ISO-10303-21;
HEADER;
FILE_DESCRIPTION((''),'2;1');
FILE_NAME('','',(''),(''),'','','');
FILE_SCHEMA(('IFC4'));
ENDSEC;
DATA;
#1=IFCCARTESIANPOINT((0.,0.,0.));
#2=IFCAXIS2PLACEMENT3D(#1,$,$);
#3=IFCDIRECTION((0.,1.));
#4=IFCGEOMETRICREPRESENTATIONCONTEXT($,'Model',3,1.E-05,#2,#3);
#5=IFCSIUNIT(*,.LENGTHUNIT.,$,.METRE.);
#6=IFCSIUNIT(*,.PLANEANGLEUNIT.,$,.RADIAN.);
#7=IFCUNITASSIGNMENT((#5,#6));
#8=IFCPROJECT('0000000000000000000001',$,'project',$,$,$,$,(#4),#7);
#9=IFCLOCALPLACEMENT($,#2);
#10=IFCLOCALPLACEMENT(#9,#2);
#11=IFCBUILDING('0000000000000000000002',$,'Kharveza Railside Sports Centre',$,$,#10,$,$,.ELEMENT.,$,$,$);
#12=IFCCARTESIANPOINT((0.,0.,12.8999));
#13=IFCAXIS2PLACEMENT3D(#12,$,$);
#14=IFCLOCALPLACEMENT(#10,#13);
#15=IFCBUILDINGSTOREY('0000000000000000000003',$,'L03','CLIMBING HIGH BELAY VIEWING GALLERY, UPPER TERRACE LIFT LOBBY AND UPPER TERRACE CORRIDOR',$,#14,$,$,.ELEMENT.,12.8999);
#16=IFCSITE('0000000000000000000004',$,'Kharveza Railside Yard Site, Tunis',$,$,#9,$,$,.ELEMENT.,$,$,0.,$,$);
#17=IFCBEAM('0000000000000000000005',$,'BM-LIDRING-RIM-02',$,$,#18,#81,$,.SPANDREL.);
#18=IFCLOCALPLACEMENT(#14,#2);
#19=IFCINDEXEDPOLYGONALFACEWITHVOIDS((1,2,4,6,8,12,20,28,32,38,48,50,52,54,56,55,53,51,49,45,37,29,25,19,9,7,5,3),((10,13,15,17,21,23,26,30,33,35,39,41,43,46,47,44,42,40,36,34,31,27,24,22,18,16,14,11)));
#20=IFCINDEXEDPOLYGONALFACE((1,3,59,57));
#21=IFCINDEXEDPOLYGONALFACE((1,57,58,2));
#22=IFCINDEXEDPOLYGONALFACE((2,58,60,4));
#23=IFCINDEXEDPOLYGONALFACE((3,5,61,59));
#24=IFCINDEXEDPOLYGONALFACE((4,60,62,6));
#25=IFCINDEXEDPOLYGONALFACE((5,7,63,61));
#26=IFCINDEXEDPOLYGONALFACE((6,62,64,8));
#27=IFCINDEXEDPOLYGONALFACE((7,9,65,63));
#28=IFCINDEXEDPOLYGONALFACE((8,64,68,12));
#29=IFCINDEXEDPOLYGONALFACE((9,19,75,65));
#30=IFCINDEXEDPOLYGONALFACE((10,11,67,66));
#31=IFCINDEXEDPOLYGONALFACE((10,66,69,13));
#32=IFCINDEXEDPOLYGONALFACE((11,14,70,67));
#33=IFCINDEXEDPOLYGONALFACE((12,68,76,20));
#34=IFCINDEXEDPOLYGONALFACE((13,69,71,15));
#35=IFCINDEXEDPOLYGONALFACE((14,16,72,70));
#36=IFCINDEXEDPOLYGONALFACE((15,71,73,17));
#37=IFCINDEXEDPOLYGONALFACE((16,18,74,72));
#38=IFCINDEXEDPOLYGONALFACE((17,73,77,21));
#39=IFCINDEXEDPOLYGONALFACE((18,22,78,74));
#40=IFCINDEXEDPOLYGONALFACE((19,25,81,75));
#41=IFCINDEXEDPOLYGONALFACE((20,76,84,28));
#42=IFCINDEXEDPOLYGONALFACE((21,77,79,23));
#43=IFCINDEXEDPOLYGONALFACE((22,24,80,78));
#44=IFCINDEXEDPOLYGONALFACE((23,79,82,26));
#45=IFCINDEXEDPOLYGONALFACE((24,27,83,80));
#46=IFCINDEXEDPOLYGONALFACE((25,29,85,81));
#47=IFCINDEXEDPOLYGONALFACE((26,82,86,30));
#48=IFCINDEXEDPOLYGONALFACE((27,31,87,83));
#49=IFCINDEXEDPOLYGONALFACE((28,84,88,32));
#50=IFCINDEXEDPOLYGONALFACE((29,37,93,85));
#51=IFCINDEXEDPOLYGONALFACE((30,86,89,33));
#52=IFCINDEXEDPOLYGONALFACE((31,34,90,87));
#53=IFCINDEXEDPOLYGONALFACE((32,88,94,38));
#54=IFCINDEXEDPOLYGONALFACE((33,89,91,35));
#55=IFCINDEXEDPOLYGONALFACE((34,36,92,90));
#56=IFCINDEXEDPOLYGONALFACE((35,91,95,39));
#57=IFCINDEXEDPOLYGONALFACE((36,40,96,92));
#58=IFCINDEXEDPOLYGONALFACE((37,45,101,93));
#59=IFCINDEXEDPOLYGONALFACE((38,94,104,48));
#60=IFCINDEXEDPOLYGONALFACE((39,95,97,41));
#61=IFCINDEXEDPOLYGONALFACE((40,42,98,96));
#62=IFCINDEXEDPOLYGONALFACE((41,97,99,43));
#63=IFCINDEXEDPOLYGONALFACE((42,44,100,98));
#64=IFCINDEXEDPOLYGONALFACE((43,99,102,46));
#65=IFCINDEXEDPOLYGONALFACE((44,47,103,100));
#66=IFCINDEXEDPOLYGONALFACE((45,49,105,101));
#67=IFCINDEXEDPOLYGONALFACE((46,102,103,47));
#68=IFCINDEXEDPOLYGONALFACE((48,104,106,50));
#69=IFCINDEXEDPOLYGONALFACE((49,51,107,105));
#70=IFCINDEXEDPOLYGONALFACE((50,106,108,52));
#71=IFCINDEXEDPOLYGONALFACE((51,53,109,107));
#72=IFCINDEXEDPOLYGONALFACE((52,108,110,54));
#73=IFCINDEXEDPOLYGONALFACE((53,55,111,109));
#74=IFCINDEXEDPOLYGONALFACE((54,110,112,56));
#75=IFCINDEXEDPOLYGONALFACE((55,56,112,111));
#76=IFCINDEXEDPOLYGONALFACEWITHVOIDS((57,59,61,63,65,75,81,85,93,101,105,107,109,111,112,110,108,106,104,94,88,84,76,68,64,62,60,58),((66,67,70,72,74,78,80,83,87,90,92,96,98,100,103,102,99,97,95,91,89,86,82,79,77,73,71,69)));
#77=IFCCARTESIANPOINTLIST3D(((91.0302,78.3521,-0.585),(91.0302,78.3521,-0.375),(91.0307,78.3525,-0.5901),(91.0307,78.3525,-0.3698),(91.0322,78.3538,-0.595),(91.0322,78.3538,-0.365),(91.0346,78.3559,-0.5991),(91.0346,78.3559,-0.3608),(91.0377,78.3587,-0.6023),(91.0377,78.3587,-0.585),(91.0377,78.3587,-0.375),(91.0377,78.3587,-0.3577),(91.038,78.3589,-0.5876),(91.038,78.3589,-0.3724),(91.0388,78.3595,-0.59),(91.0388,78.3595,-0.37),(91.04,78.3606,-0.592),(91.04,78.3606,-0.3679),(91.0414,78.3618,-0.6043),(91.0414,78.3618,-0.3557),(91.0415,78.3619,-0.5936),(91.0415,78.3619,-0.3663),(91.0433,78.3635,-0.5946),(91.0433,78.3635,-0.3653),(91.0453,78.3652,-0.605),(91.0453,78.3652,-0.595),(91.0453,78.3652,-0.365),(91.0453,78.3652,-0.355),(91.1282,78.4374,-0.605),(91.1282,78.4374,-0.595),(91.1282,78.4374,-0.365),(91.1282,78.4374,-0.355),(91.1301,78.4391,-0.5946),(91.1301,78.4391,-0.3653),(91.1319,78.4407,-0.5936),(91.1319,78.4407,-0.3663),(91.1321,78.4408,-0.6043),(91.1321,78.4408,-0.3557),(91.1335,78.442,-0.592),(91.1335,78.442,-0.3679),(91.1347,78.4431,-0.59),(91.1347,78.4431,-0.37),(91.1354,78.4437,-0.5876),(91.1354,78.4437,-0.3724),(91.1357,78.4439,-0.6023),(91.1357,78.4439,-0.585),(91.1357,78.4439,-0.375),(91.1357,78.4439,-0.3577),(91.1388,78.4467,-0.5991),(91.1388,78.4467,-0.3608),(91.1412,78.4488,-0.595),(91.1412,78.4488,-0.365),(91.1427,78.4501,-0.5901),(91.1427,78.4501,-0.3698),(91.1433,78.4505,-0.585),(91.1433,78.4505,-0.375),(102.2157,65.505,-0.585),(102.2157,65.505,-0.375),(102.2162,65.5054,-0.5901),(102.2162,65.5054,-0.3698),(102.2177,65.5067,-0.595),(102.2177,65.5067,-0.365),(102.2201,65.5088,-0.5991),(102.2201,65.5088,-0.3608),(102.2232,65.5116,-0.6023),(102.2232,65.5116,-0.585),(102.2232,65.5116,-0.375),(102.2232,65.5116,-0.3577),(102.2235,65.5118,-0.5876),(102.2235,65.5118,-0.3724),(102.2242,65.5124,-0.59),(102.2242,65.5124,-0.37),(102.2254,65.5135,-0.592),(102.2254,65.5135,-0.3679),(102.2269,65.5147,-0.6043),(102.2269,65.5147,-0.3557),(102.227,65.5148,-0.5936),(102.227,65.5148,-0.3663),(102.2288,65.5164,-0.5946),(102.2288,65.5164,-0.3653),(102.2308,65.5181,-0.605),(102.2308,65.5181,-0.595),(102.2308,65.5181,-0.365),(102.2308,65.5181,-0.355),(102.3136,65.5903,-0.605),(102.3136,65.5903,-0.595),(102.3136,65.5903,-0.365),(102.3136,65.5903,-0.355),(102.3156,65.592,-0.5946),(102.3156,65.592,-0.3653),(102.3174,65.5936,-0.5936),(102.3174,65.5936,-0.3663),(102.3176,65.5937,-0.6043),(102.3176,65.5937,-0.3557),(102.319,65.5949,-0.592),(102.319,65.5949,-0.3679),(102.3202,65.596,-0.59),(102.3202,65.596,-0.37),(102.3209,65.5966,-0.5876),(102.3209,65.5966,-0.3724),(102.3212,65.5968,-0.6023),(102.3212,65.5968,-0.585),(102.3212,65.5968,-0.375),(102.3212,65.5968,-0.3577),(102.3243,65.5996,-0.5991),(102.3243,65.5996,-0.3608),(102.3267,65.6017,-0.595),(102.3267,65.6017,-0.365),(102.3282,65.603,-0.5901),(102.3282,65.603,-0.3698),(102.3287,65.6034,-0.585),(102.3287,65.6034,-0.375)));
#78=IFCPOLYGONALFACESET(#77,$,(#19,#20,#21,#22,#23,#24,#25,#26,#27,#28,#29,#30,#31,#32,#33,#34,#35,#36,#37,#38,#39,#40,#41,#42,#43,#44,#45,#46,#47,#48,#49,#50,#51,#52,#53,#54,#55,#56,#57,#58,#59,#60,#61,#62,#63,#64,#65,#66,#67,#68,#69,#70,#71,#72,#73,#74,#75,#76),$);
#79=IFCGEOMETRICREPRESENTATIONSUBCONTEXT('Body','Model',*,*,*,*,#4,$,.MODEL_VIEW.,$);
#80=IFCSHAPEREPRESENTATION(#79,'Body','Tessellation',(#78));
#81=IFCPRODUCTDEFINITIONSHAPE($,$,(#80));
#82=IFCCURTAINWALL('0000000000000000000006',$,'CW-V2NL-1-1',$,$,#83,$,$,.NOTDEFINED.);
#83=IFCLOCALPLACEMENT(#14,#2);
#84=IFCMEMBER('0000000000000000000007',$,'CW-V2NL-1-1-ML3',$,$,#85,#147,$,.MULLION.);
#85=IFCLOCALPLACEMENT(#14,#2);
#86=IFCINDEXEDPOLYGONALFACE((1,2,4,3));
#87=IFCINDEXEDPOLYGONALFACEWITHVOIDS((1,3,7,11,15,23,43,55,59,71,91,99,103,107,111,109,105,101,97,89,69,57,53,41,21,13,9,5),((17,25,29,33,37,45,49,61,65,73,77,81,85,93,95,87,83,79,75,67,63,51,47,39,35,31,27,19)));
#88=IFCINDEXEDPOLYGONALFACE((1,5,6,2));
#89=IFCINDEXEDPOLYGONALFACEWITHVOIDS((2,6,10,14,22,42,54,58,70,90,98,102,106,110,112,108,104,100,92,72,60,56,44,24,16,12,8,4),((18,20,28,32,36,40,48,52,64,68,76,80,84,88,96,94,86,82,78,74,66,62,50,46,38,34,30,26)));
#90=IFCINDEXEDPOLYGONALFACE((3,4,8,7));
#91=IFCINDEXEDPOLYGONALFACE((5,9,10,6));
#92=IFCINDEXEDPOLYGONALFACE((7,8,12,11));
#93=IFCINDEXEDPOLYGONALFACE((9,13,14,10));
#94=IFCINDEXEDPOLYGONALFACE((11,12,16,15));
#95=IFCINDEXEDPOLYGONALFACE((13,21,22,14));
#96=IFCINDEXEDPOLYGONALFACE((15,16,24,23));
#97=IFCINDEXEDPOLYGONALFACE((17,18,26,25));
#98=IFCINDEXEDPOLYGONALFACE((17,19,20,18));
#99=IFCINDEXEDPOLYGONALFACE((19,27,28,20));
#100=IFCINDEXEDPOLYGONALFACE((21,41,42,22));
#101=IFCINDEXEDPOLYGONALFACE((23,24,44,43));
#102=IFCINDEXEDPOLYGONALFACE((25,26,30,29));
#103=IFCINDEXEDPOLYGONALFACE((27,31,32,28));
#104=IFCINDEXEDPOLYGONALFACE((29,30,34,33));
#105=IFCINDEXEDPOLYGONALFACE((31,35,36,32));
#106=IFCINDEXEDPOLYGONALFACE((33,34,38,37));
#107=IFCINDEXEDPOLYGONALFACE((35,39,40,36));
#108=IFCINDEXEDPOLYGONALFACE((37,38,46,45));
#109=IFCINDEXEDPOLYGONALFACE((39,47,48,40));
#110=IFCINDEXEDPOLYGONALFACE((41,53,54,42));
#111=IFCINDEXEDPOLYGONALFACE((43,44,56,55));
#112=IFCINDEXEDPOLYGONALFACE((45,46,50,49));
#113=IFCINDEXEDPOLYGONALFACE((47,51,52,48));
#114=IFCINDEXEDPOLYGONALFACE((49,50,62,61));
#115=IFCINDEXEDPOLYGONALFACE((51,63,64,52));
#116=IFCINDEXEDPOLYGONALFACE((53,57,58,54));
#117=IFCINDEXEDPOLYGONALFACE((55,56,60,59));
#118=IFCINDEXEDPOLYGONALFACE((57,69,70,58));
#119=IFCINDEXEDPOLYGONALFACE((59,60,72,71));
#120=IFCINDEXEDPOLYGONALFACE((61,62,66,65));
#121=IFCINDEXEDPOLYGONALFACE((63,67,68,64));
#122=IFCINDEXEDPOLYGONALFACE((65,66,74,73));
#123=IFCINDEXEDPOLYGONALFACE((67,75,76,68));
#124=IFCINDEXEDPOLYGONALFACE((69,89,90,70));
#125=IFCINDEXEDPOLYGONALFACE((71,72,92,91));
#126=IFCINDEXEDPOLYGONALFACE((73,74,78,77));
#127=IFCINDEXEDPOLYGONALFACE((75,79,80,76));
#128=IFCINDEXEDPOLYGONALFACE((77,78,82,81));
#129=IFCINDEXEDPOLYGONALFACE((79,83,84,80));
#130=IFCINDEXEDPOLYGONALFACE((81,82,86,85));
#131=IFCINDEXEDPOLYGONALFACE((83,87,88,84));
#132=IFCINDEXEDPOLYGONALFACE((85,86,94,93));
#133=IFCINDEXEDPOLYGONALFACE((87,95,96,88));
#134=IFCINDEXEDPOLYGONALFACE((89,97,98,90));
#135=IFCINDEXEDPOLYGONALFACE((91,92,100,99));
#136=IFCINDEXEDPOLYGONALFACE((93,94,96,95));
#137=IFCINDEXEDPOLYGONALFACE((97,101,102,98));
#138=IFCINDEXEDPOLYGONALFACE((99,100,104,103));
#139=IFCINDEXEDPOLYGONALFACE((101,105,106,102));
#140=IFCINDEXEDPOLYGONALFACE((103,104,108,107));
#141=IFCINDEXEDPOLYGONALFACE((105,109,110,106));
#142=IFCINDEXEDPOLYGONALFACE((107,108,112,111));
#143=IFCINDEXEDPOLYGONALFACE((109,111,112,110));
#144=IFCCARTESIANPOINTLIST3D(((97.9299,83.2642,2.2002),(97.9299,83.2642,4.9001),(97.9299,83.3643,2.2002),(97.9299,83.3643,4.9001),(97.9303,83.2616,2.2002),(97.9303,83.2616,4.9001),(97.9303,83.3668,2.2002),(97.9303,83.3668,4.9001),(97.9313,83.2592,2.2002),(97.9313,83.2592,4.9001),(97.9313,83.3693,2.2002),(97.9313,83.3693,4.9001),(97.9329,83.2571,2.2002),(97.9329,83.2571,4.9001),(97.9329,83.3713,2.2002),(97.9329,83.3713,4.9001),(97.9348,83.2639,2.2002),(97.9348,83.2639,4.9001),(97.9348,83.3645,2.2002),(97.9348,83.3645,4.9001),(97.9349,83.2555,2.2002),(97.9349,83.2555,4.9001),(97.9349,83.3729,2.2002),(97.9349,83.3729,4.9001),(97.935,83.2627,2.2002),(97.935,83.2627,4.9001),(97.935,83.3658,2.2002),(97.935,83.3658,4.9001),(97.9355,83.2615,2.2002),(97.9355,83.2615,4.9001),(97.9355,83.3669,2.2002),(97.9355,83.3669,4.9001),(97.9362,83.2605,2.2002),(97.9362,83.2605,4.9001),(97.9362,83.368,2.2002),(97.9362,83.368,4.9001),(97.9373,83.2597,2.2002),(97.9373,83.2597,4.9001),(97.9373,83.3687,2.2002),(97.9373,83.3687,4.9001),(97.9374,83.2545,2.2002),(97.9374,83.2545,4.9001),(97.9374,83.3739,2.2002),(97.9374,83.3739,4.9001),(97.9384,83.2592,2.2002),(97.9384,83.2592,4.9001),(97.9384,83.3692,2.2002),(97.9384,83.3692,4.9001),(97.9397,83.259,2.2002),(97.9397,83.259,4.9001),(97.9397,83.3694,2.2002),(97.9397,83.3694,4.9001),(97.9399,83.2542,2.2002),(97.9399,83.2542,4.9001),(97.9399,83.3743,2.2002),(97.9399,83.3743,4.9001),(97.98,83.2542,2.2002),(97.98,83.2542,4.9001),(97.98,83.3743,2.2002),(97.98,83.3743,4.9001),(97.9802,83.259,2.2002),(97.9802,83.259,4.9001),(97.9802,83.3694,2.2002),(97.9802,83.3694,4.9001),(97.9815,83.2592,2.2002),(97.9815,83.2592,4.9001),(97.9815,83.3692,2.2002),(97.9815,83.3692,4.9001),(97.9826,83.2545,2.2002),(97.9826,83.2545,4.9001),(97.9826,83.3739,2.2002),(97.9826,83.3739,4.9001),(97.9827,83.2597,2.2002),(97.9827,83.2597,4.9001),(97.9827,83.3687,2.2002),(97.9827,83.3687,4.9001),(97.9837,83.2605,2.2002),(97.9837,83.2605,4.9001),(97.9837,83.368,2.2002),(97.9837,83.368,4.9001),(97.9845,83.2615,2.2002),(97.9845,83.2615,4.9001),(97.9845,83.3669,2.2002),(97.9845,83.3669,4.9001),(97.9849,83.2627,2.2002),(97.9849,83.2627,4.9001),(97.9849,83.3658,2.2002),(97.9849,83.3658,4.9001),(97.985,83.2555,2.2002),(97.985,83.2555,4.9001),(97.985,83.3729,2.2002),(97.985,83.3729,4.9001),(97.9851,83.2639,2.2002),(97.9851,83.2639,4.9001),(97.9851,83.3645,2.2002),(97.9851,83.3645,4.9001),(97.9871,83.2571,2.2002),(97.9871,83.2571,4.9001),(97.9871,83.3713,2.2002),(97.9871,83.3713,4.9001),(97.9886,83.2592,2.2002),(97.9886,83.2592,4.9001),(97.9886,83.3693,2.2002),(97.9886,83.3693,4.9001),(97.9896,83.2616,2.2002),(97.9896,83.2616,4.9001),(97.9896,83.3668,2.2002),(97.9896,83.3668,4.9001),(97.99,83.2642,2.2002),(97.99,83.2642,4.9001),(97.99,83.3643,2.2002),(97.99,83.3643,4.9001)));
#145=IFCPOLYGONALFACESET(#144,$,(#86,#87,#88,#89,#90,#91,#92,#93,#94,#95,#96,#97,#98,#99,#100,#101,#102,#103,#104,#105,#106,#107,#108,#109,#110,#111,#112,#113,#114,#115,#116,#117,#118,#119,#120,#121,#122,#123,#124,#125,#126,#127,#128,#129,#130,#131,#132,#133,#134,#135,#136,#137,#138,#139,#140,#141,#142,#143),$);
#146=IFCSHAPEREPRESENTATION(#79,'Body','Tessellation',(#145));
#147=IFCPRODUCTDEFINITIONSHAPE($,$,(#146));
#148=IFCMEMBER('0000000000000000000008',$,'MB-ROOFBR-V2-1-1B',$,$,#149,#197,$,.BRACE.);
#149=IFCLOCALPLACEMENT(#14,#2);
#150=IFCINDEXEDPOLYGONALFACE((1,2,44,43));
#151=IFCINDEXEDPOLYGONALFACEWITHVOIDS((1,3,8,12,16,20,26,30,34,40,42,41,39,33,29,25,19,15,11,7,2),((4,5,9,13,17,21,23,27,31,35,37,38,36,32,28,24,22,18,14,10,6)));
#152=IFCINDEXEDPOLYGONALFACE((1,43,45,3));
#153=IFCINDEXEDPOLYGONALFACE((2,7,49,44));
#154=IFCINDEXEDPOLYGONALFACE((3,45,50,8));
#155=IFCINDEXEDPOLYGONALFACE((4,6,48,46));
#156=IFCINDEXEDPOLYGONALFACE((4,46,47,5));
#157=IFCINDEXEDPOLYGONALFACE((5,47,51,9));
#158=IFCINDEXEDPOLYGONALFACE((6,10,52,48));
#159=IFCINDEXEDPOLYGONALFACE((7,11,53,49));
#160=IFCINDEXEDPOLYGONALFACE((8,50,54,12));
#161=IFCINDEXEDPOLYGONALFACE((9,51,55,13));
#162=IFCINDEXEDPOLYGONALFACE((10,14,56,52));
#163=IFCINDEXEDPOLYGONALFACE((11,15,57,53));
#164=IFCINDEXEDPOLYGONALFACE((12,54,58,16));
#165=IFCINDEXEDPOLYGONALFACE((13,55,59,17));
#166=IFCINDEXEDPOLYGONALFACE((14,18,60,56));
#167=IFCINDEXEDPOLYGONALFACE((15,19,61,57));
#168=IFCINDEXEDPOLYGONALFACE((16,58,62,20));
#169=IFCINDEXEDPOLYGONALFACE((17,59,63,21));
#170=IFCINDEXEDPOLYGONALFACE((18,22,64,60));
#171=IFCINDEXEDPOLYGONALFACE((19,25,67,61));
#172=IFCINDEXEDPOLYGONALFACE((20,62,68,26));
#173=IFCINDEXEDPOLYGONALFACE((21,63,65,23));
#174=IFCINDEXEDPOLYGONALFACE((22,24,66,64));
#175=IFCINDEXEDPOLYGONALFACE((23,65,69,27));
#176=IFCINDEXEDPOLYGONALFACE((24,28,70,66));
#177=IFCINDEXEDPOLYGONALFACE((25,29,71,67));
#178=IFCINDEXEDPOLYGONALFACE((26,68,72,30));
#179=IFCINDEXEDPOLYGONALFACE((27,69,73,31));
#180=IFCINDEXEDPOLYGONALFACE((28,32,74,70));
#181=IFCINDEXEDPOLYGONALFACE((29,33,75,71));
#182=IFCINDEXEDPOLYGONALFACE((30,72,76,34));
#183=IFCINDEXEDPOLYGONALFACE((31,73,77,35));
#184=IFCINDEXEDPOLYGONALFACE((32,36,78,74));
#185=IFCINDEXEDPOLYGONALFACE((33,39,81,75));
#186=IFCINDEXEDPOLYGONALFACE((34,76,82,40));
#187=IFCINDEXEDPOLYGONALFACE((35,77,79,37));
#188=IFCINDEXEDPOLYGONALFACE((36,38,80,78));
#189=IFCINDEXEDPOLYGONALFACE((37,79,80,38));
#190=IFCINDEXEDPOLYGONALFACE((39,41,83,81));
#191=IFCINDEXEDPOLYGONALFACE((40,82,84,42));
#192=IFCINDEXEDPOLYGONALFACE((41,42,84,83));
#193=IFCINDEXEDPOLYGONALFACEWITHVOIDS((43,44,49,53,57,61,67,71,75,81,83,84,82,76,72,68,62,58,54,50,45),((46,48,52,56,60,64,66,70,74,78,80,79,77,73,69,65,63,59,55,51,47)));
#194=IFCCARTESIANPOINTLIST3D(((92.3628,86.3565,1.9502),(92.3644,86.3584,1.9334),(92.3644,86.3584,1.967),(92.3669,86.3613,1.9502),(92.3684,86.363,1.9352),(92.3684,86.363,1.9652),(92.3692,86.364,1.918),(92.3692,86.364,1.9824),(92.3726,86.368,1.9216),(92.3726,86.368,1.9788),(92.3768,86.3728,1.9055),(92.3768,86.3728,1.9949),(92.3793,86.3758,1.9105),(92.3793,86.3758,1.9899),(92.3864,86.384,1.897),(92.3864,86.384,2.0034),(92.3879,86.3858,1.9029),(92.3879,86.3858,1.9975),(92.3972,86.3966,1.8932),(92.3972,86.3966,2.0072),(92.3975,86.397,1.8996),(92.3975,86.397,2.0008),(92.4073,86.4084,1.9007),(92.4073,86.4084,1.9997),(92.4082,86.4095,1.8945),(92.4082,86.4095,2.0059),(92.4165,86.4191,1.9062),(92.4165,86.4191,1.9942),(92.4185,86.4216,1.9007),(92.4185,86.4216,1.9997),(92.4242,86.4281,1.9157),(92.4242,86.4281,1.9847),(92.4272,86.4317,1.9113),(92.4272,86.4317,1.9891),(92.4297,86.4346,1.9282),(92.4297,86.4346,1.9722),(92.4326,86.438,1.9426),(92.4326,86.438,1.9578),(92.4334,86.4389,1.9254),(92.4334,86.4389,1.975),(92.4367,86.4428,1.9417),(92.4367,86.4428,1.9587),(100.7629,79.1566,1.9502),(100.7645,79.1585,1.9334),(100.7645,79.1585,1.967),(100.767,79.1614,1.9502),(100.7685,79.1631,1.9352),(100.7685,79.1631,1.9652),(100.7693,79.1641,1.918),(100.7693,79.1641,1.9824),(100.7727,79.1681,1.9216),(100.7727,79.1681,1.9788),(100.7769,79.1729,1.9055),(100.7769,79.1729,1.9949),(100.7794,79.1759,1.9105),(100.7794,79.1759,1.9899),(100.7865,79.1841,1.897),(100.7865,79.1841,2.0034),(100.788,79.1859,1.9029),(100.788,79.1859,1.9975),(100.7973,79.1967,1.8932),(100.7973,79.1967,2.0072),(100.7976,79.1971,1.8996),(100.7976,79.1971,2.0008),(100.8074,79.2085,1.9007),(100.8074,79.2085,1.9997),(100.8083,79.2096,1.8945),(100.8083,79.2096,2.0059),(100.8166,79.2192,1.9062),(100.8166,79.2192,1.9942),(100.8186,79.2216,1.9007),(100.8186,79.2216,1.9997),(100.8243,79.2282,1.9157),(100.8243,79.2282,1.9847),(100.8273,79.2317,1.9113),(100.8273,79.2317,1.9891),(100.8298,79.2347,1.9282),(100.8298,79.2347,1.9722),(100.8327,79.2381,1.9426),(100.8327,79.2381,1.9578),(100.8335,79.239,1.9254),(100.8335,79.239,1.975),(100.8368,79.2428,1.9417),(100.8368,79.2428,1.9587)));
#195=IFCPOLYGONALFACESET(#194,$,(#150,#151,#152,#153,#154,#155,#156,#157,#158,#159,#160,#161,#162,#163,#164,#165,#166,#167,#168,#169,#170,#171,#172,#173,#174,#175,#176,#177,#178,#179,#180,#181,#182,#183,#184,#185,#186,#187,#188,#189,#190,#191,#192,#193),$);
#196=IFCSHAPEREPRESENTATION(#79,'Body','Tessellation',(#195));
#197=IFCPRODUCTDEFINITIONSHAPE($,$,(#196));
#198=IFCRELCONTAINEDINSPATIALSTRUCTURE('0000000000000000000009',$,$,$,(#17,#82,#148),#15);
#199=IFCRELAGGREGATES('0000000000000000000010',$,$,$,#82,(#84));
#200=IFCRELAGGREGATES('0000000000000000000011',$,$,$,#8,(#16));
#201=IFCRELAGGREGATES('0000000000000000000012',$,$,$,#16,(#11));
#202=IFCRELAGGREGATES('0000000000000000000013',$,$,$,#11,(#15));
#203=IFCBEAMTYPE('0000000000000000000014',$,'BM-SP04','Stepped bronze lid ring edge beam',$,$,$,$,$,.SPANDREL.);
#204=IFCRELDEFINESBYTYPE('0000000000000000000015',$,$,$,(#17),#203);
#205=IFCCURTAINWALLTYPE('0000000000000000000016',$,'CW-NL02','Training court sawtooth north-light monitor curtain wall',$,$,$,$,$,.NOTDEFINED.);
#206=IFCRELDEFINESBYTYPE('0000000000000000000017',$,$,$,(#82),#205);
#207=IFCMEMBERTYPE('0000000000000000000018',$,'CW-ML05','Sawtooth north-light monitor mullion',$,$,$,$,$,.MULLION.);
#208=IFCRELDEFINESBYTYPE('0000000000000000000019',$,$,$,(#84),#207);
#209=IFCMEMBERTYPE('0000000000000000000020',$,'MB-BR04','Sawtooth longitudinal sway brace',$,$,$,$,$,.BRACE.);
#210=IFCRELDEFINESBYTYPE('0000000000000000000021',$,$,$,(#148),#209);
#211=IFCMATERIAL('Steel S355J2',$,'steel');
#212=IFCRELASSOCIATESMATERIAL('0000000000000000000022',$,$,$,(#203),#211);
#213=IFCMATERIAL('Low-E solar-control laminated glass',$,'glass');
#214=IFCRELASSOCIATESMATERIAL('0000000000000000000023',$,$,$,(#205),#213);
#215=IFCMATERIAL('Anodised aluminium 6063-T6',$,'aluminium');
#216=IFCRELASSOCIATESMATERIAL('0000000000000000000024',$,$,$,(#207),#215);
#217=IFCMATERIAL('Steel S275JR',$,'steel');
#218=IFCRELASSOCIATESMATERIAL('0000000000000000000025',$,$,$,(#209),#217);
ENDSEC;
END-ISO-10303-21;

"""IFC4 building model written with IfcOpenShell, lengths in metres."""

from ifc_helpers import new_model, si_unit, direction, frame, origin, origin_2d, place, context, subcontext, project, spatial, hollow_rectangle, hollow_circle, extrude, material, material_profile, profile_set, type_object, element, aggregate, save


model = new_model("IFC4")

# Units and contexts
model_context = context("Model", 3, precision=1e-05, world=origin(), true_north=direction((0.0, 1.0)))
body_context = subcontext(model_context, "Body", "Model", "MODEL_VIEW")
ifc_project = project(units=[si_unit("LENGTHUNIT", "METRE"), si_unit("PLANEANGLEUNIT", "RADIAN")], contexts=[model_context])

# Site, building, storey
site_placement = place(None, origin())
site = spatial("IfcSite", under=ifc_project, at=site_placement, Name="Kharveza Railside Yard Site, Tunis", CompositionType="ELEMENT", RefElevation=0.0)
building_placement = place(site_placement, origin())
building = spatial("IfcBuilding", under=site, at=building_placement, Name="Kharveza Railside Sports Centre", CompositionType="ELEMENT")
storey_placement = place(building_placement, frame((0.0, 0.0, 12.8999)))
storey = spatial("IfcBuildingStorey", under=building, at=storey_placement, Name="L03", Description="CLIMBING HIGH BELAY VIEWING GALLERY, UPPER TERRACE LIFT LOBBY AND UPPER TERRACE CORRIDOR", CompositionType="ELEMENT", Elevation=12.8999)

# Beam
ifc_material_1 = material(Name="Steel S355J2", Category="steel")
ifc_material_2 = material(Name="Steel S275JR", Category="steel")
ifc_material_profile_1 = material_profile(ifc_material_1, hollow_rectangle(XDim=0.1499, YDim=0.25, WallThickness=0.01, InnerFilletRadius=0.01, OuterFilletRadius=0.02, at=origin_2d()), Name="RHS 150x250x10.0")
ifc_profile_set_1 = profile_set([ifc_material_profile_1], Name="Steel S355J2")
beam_type_1 = type_object("IfcBeamType", Name="BM-SP04", Description="Stepped bronze lid ring edge beam", PredefinedType="SPANDREL", material=ifc_profile_set_1)
beam_1_placement = place(storey_placement, frame((102.2722, 65.5542, -0.48), z_axis=(-0.65665, 0.754196, 0.0), x_axis=(-0.754196, -0.65665, 0.0)))
element("IfcBeam", 1, at=beam_1_placement, inside=storey, type_object=beam_type_1, Name="BM-LIDRING-RIM-02", PredefinedType="SPANDREL", context=body_context, shape_type="SweptSolid", body=[
    extrude(hollow_rectangle(XDim=0.1499, YDim=0.25, WallThickness=0.01, InnerFilletRadius=0.01, OuterFilletRadius=0.02, at=origin_2d()), origin(), (0.0, 0.0, 1.0), 17.0342),
])

# Curtain wall, member
ifc_material_3 = material(Name="Low-E solar-control laminated glass", Category="glass")
curtain_wall_type = type_object("IfcCurtainWallType", Name="CW-NL02", Description="Training court sawtooth north-light monitor curtain wall", PredefinedType="NOTDEFINED", material=ifc_material_3)
curtain_wall_placement = place(storey_placement, origin())
curtain_wall = element("IfcCurtainWall", 2, at=curtain_wall_placement, inside=storey, type_object=curtain_wall_type, Name="CW-V2NL-1-1", PredefinedType="NOTDEFINED")
ifc_material_4 = material(Name="Anodised aluminium 6063-T6", Category="aluminium")
ifc_material_profile_2 = material_profile(ifc_material_4, hollow_rectangle(XDim=0.0601, YDim=0.1201, WallThickness=0.0049, InnerFilletRadius=0.0049, OuterFilletRadius=0.01, at=origin_2d()), Name="RHS 60x120x5.0")
ifc_profile_set_2 = profile_set([ifc_material_profile_2], Name="Anodised aluminium 6063-T6")
member_type_1 = type_object("IfcMemberType", Name="CW-ML05", Description="Sawtooth north-light monitor mullion", PredefinedType="MULLION", material=ifc_profile_set_2)
member_1_placement = place(storey_placement, frame((97.96, 83.3142, 2.2002), z_axis=(0.0, 0.0, 1.0), x_axis=(1.0, 0.0, 0.0)))
member_1 = element("IfcMember", 3, at=member_1_placement, type_object=member_type_1, Name="CW-V2NL-1-1-ML3", PredefinedType="MULLION", context=body_context, shape_type="SweptSolid", body=[
    extrude(hollow_rectangle(XDim=0.0601, YDim=0.1201, WallThickness=0.0049, InnerFilletRadius=0.0049, OuterFilletRadius=0.01, at=origin_2d()), origin(), (0.0, 0.0, 1.0), 2.7),
])

# Member
ifc_material_profile_3 = material_profile(ifc_material_2, hollow_circle(Radius=0.0571, WallThickness=0.0063, at=origin_2d()), Name="CHS 114.3x6.3")
ifc_profile_set_3 = profile_set([ifc_material_profile_3], Name="Steel S275JR")
member_type_2 = type_object("IfcMemberType", Name="MB-BR04", Description="Sawtooth longitudinal sway brace", PredefinedType="BRACE", material=ifc_profile_set_3)
member_2_placement = place(storey_placement, frame((100.8, 79.2, 1.9502), z_axis=(-0.759264, 0.650782, 0.0), x_axis=(-0.650782, -0.759264, 0.0)))
element("IfcMember", 4, at=member_2_placement, inside=storey, type_object=member_type_2, Name="MB-ROOFBR-V2-1-1B", PredefinedType="BRACE", context=body_context, shape_type="SweptSolid", body=[
    extrude(hollow_circle(Radius=0.0571, WallThickness=0.0063, at=origin_2d()), origin(), (0.0, 0.0, 1.0), 11.0635),
])

aggregate(curtain_wall, [member_1])

save(model, "model.ifc")
